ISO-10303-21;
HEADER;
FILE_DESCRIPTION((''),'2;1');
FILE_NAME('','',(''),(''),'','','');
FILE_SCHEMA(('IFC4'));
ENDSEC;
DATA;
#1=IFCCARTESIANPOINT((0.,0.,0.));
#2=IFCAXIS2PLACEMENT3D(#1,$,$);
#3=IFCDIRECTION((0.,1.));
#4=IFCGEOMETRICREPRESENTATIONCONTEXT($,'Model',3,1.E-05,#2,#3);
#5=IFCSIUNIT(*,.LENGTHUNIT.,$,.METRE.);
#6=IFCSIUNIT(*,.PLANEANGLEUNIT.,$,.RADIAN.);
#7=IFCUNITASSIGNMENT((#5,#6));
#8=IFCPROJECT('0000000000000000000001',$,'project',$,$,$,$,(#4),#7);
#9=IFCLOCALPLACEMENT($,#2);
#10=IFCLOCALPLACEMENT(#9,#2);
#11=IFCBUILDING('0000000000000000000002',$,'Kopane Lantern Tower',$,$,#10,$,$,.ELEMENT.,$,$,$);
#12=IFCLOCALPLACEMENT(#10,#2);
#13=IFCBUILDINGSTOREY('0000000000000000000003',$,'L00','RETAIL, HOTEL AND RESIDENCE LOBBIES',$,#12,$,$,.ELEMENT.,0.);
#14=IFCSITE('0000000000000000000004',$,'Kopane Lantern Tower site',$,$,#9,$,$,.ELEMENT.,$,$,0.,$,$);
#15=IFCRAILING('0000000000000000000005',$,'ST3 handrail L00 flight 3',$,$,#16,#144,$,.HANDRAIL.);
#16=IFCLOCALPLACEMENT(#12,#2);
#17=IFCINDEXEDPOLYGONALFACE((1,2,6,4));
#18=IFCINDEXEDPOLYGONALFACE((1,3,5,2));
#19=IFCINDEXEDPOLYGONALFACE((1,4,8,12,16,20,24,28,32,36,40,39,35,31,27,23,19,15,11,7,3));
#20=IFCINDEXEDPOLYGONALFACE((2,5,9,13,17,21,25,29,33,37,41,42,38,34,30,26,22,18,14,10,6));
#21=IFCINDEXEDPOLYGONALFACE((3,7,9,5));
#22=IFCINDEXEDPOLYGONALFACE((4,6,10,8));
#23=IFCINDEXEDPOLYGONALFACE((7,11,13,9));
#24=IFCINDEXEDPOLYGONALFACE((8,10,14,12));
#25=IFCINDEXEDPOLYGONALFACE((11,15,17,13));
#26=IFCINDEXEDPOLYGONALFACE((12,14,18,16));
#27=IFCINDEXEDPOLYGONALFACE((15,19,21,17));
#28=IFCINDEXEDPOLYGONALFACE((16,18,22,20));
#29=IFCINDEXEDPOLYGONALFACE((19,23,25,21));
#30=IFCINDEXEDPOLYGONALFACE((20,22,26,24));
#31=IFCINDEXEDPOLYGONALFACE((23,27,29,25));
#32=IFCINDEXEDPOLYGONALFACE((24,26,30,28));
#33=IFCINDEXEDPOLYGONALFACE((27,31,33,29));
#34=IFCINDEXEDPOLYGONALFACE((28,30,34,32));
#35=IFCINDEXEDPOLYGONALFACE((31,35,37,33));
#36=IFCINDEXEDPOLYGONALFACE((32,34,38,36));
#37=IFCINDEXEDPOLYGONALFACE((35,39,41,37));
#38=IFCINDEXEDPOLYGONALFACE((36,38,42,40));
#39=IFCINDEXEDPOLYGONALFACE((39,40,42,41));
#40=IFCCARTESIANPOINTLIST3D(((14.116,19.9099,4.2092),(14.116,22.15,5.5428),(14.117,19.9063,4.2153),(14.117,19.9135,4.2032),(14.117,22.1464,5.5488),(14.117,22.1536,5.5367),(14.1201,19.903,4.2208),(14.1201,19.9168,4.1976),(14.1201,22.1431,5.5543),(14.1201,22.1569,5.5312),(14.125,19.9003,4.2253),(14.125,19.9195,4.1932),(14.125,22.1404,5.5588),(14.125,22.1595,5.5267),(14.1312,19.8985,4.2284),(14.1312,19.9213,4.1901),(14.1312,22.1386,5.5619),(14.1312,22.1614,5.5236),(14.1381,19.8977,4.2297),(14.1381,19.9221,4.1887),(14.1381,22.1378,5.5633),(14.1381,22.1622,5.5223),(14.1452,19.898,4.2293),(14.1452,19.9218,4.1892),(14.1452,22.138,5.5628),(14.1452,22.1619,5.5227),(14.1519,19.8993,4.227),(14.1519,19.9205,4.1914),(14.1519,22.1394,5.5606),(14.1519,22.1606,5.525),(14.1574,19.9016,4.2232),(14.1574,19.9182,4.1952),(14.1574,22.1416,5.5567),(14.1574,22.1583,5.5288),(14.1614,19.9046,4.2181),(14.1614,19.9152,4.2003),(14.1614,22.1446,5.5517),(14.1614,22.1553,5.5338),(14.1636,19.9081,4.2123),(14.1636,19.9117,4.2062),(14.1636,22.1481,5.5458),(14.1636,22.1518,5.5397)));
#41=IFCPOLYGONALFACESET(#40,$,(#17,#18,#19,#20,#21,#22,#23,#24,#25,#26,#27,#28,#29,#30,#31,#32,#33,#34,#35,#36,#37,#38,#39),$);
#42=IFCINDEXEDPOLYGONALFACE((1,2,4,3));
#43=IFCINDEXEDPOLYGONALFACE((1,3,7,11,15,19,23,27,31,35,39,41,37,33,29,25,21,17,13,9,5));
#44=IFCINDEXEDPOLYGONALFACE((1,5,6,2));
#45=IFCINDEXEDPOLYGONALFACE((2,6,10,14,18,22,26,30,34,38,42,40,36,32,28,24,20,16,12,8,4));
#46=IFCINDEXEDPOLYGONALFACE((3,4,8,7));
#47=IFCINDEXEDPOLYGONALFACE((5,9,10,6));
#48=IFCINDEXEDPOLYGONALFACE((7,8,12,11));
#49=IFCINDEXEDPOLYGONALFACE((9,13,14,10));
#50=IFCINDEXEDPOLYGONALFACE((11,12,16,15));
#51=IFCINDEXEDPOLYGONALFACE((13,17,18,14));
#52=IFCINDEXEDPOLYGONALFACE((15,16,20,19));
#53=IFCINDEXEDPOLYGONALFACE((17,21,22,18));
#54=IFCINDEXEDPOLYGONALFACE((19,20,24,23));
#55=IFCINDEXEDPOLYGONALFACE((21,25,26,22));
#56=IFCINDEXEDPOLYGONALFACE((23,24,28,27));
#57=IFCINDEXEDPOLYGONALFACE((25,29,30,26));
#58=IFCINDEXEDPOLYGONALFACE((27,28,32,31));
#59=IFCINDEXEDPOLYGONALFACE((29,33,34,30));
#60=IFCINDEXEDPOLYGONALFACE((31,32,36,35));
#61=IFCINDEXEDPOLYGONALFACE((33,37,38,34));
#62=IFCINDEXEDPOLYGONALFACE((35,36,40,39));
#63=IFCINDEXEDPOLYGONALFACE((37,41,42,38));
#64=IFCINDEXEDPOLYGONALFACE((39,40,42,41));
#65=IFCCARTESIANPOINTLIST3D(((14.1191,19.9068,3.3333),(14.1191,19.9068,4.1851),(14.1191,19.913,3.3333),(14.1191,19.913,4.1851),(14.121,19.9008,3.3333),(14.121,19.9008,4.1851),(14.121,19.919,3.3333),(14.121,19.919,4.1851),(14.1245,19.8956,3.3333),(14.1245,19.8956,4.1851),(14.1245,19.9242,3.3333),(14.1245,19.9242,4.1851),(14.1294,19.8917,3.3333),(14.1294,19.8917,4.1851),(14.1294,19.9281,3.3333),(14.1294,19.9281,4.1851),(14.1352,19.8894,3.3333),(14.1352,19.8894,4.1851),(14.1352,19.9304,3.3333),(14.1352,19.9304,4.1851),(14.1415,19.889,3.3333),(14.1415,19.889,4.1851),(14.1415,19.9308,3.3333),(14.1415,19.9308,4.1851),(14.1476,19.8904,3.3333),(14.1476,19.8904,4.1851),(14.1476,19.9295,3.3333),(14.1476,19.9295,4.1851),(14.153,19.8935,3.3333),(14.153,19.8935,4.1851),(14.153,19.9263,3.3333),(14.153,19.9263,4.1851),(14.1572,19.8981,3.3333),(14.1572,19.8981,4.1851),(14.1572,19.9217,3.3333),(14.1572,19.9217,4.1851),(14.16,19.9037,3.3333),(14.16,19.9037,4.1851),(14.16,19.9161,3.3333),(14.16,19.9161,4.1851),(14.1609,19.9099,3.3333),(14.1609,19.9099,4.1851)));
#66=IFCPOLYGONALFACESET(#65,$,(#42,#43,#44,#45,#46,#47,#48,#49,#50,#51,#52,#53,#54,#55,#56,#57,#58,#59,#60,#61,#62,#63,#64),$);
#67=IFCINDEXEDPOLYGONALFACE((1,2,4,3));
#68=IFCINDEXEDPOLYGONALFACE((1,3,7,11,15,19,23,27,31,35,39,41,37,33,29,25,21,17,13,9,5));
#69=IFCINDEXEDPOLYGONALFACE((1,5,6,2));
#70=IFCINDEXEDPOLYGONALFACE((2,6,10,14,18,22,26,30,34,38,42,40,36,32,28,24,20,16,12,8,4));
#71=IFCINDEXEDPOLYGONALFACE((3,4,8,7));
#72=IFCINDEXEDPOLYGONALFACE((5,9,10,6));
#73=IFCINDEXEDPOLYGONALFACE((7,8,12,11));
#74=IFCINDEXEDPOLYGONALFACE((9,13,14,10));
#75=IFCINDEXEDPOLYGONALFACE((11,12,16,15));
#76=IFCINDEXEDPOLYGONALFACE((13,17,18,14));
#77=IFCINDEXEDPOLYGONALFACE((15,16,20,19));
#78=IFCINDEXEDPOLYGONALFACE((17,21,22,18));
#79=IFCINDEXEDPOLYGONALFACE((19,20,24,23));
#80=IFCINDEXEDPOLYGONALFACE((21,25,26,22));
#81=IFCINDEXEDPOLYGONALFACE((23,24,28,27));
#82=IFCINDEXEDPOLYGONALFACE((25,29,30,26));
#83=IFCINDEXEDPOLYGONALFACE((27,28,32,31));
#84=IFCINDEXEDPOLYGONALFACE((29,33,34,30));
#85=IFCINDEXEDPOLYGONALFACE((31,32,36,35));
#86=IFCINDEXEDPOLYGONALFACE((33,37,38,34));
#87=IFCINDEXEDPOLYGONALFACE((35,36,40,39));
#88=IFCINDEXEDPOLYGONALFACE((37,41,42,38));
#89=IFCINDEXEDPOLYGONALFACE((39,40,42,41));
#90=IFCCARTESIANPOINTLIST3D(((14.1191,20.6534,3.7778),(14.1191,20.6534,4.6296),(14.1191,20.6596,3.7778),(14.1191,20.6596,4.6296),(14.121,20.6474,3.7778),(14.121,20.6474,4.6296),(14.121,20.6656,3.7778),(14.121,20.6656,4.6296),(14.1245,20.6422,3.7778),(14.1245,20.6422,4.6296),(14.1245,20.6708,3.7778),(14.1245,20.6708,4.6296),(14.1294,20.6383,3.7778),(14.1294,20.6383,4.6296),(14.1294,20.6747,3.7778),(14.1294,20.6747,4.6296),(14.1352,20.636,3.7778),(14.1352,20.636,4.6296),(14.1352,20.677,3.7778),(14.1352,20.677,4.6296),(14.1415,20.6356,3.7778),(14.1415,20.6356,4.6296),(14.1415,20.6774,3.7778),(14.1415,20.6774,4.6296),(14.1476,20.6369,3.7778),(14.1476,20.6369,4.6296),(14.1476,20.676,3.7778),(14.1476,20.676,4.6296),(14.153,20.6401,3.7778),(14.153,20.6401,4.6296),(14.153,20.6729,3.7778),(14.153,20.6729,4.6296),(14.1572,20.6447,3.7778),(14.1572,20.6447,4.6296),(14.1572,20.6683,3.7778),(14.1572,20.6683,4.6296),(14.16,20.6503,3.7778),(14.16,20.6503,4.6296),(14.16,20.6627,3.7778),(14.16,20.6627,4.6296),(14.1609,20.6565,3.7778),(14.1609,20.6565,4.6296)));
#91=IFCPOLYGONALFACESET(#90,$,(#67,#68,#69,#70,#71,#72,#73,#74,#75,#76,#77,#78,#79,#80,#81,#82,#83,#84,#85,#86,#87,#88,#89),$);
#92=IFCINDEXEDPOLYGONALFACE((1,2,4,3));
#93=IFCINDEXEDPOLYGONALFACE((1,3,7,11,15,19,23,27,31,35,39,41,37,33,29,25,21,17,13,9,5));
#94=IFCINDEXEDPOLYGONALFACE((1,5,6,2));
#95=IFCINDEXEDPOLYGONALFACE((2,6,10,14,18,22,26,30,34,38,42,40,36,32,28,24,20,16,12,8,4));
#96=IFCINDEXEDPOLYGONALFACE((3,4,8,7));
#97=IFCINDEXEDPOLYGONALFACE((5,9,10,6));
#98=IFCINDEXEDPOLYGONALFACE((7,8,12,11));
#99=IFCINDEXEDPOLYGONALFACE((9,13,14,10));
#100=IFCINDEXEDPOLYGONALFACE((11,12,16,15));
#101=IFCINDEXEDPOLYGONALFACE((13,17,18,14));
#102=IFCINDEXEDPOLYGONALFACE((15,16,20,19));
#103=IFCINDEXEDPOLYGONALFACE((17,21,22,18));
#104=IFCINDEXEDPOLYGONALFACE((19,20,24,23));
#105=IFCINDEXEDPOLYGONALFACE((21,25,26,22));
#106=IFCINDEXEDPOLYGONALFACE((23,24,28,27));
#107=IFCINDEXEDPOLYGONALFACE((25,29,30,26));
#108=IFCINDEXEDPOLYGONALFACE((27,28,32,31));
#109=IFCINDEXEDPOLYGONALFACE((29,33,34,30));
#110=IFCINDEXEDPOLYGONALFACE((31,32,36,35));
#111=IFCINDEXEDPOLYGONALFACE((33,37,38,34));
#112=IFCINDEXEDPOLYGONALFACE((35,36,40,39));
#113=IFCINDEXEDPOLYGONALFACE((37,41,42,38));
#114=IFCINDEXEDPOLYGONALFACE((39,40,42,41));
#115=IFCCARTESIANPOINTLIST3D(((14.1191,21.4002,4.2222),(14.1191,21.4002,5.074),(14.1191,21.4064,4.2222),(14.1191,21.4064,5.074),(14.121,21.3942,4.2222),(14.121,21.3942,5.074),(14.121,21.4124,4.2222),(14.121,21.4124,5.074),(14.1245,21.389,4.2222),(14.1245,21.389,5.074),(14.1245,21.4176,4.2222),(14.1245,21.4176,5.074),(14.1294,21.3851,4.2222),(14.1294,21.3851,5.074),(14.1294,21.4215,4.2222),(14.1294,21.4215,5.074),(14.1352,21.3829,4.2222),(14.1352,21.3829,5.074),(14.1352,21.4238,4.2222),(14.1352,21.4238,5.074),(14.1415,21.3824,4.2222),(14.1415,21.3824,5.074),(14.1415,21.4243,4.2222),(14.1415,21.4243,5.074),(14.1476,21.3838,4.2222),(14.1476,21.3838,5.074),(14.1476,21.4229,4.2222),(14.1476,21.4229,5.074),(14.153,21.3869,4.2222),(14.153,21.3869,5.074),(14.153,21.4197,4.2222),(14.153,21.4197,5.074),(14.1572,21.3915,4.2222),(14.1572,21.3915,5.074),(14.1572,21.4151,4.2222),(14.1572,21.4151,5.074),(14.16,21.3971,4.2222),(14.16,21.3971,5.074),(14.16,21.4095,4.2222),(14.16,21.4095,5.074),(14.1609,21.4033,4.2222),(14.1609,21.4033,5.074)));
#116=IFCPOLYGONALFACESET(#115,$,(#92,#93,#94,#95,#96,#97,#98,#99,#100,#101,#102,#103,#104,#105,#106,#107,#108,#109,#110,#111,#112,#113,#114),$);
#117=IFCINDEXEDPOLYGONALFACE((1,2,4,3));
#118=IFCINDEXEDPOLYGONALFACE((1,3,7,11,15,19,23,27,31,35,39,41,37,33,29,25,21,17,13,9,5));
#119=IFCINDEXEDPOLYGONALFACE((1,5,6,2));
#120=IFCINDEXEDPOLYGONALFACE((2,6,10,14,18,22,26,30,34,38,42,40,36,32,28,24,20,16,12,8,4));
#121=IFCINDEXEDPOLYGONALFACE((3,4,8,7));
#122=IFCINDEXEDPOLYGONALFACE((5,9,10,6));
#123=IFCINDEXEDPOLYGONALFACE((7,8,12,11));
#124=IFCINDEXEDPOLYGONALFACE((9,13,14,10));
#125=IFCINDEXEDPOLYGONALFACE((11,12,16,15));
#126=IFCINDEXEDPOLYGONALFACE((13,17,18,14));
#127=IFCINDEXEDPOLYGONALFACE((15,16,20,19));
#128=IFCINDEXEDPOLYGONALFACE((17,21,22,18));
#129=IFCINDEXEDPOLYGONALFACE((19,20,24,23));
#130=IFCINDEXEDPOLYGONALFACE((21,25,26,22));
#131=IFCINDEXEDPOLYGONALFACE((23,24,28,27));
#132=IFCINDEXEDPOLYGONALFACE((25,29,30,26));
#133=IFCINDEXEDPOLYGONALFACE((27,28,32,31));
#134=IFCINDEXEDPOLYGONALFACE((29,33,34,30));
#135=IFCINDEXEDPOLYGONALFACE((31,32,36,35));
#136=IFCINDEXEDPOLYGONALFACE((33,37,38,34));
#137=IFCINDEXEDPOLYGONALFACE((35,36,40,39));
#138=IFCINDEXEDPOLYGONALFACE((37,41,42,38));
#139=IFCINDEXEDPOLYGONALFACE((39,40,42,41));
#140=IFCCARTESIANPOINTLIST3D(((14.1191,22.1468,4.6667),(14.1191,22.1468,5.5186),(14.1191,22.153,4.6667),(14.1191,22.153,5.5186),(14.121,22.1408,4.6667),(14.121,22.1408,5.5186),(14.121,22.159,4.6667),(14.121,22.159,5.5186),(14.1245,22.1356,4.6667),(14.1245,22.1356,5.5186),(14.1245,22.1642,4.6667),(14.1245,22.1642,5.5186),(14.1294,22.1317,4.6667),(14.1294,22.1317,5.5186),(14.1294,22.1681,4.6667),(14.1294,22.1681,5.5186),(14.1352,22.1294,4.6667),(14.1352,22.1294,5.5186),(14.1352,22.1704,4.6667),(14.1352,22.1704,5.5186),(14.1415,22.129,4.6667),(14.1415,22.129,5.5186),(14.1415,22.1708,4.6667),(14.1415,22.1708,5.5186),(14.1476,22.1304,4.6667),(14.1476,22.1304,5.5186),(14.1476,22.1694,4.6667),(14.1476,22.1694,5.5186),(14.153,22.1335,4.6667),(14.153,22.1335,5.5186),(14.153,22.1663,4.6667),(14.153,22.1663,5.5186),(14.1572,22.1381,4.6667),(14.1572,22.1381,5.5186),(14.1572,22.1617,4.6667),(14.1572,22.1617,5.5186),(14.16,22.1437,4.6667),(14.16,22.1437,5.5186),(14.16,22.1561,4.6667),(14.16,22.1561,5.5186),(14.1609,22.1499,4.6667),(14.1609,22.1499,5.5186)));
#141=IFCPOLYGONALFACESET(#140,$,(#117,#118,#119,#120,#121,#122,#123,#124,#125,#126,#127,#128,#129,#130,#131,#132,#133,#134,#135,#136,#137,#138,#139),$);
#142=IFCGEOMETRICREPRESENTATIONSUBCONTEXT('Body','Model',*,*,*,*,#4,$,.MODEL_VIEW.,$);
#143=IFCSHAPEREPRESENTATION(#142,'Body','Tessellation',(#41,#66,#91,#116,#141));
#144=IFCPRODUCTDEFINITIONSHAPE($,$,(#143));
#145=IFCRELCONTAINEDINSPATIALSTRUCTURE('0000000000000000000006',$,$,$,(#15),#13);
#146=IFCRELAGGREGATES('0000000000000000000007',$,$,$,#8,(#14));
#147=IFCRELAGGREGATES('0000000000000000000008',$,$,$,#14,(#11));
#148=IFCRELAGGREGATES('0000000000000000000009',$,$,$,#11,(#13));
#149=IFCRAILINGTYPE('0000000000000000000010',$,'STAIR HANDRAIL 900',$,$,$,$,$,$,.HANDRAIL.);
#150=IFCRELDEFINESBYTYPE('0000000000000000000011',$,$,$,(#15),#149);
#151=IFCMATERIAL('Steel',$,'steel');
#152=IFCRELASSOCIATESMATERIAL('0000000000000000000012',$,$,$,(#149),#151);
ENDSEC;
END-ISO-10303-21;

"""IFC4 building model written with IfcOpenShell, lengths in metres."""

from ifc_helpers import new_model, si_unit, direction, frame, origin, origin_2d, place, context, subcontext, project, spatial, circle, extrude, material, type_object, element, save


model = new_model("IFC4")

# Units and contexts
model_context = context("Model", 3, precision=1e-05, world=origin(), true_north=direction((0.0, 1.0)))
body_context = subcontext(model_context, "Body", "Model", "MODEL_VIEW")
ifc_project = project(units=[si_unit("LENGTHUNIT", "METRE"), si_unit("PLANEANGLEUNIT", "RADIAN")], contexts=[model_context])

# Site, building, storey
site_placement = place(None, origin())
site = spatial("IfcSite", under=ifc_project, at=site_placement, Name="Kopane Lantern Tower site", CompositionType="ELEMENT", RefElevation=0.0)
building_placement = place(site_placement, origin())
building = spatial("IfcBuilding", under=site, at=building_placement, Name="Kopane Lantern Tower", CompositionType="ELEMENT")
storey_placement = place(building_placement, origin())
storey = spatial("IfcBuildingStorey", under=building, at=storey_placement, Name="L00", Description="RETAIL, HOTEL AND RESIDENCE LOBBIES", CompositionType="ELEMENT", Elevation=0.0)

# Railing
ifc_material_1 = material(Name="Steel", Category="steel")
railing_type_1 = type_object("IfcRailingType", Name="STAIR HANDRAIL 900", PredefinedType="HANDRAIL", material=ifc_material_1)
railing_1_placement = place(storey_placement, frame((14.1399, 19.9099, 3.3333)))
element("IfcRailing", 1, at=railing_1_placement, inside=storey, type_object=railing_type_1, Name="ST3 handrail L00 flight 3", PredefinedType="HANDRAIL", context=body_context, shape_type="SweptSolid", body=[
    extrude(circle(Radius=0.0239, at=origin_2d()), frame((0.0, 0.0, 0.876), z_axis=(0.0, 0.859264, 0.511532), x_axis=(-1.0, 0.0, 0.0)), (0.0, 0.0, 1.0), 2.6069),
    extrude(circle(Radius=0.021, at=origin_2d()), origin(), (0.0, 0.0, 1.0), 0.8518),
    extrude(circle(Radius=0.021, at=origin_2d()), frame((0.0, 0.7466, 0.4446)), (0.0, 0.0, 1.0), 0.8518),
    extrude(circle(Radius=0.021, at=origin_2d()), frame((0.0, 1.4934, 0.8889)), (0.0, 0.0, 1.0), 0.8518),
    extrude(circle(Radius=0.021, at=origin_2d()), frame((0.0, 2.24, 1.3335)), (0.0, 0.0, 1.0), 0.8518),
])

save(model, "model.ifc")
